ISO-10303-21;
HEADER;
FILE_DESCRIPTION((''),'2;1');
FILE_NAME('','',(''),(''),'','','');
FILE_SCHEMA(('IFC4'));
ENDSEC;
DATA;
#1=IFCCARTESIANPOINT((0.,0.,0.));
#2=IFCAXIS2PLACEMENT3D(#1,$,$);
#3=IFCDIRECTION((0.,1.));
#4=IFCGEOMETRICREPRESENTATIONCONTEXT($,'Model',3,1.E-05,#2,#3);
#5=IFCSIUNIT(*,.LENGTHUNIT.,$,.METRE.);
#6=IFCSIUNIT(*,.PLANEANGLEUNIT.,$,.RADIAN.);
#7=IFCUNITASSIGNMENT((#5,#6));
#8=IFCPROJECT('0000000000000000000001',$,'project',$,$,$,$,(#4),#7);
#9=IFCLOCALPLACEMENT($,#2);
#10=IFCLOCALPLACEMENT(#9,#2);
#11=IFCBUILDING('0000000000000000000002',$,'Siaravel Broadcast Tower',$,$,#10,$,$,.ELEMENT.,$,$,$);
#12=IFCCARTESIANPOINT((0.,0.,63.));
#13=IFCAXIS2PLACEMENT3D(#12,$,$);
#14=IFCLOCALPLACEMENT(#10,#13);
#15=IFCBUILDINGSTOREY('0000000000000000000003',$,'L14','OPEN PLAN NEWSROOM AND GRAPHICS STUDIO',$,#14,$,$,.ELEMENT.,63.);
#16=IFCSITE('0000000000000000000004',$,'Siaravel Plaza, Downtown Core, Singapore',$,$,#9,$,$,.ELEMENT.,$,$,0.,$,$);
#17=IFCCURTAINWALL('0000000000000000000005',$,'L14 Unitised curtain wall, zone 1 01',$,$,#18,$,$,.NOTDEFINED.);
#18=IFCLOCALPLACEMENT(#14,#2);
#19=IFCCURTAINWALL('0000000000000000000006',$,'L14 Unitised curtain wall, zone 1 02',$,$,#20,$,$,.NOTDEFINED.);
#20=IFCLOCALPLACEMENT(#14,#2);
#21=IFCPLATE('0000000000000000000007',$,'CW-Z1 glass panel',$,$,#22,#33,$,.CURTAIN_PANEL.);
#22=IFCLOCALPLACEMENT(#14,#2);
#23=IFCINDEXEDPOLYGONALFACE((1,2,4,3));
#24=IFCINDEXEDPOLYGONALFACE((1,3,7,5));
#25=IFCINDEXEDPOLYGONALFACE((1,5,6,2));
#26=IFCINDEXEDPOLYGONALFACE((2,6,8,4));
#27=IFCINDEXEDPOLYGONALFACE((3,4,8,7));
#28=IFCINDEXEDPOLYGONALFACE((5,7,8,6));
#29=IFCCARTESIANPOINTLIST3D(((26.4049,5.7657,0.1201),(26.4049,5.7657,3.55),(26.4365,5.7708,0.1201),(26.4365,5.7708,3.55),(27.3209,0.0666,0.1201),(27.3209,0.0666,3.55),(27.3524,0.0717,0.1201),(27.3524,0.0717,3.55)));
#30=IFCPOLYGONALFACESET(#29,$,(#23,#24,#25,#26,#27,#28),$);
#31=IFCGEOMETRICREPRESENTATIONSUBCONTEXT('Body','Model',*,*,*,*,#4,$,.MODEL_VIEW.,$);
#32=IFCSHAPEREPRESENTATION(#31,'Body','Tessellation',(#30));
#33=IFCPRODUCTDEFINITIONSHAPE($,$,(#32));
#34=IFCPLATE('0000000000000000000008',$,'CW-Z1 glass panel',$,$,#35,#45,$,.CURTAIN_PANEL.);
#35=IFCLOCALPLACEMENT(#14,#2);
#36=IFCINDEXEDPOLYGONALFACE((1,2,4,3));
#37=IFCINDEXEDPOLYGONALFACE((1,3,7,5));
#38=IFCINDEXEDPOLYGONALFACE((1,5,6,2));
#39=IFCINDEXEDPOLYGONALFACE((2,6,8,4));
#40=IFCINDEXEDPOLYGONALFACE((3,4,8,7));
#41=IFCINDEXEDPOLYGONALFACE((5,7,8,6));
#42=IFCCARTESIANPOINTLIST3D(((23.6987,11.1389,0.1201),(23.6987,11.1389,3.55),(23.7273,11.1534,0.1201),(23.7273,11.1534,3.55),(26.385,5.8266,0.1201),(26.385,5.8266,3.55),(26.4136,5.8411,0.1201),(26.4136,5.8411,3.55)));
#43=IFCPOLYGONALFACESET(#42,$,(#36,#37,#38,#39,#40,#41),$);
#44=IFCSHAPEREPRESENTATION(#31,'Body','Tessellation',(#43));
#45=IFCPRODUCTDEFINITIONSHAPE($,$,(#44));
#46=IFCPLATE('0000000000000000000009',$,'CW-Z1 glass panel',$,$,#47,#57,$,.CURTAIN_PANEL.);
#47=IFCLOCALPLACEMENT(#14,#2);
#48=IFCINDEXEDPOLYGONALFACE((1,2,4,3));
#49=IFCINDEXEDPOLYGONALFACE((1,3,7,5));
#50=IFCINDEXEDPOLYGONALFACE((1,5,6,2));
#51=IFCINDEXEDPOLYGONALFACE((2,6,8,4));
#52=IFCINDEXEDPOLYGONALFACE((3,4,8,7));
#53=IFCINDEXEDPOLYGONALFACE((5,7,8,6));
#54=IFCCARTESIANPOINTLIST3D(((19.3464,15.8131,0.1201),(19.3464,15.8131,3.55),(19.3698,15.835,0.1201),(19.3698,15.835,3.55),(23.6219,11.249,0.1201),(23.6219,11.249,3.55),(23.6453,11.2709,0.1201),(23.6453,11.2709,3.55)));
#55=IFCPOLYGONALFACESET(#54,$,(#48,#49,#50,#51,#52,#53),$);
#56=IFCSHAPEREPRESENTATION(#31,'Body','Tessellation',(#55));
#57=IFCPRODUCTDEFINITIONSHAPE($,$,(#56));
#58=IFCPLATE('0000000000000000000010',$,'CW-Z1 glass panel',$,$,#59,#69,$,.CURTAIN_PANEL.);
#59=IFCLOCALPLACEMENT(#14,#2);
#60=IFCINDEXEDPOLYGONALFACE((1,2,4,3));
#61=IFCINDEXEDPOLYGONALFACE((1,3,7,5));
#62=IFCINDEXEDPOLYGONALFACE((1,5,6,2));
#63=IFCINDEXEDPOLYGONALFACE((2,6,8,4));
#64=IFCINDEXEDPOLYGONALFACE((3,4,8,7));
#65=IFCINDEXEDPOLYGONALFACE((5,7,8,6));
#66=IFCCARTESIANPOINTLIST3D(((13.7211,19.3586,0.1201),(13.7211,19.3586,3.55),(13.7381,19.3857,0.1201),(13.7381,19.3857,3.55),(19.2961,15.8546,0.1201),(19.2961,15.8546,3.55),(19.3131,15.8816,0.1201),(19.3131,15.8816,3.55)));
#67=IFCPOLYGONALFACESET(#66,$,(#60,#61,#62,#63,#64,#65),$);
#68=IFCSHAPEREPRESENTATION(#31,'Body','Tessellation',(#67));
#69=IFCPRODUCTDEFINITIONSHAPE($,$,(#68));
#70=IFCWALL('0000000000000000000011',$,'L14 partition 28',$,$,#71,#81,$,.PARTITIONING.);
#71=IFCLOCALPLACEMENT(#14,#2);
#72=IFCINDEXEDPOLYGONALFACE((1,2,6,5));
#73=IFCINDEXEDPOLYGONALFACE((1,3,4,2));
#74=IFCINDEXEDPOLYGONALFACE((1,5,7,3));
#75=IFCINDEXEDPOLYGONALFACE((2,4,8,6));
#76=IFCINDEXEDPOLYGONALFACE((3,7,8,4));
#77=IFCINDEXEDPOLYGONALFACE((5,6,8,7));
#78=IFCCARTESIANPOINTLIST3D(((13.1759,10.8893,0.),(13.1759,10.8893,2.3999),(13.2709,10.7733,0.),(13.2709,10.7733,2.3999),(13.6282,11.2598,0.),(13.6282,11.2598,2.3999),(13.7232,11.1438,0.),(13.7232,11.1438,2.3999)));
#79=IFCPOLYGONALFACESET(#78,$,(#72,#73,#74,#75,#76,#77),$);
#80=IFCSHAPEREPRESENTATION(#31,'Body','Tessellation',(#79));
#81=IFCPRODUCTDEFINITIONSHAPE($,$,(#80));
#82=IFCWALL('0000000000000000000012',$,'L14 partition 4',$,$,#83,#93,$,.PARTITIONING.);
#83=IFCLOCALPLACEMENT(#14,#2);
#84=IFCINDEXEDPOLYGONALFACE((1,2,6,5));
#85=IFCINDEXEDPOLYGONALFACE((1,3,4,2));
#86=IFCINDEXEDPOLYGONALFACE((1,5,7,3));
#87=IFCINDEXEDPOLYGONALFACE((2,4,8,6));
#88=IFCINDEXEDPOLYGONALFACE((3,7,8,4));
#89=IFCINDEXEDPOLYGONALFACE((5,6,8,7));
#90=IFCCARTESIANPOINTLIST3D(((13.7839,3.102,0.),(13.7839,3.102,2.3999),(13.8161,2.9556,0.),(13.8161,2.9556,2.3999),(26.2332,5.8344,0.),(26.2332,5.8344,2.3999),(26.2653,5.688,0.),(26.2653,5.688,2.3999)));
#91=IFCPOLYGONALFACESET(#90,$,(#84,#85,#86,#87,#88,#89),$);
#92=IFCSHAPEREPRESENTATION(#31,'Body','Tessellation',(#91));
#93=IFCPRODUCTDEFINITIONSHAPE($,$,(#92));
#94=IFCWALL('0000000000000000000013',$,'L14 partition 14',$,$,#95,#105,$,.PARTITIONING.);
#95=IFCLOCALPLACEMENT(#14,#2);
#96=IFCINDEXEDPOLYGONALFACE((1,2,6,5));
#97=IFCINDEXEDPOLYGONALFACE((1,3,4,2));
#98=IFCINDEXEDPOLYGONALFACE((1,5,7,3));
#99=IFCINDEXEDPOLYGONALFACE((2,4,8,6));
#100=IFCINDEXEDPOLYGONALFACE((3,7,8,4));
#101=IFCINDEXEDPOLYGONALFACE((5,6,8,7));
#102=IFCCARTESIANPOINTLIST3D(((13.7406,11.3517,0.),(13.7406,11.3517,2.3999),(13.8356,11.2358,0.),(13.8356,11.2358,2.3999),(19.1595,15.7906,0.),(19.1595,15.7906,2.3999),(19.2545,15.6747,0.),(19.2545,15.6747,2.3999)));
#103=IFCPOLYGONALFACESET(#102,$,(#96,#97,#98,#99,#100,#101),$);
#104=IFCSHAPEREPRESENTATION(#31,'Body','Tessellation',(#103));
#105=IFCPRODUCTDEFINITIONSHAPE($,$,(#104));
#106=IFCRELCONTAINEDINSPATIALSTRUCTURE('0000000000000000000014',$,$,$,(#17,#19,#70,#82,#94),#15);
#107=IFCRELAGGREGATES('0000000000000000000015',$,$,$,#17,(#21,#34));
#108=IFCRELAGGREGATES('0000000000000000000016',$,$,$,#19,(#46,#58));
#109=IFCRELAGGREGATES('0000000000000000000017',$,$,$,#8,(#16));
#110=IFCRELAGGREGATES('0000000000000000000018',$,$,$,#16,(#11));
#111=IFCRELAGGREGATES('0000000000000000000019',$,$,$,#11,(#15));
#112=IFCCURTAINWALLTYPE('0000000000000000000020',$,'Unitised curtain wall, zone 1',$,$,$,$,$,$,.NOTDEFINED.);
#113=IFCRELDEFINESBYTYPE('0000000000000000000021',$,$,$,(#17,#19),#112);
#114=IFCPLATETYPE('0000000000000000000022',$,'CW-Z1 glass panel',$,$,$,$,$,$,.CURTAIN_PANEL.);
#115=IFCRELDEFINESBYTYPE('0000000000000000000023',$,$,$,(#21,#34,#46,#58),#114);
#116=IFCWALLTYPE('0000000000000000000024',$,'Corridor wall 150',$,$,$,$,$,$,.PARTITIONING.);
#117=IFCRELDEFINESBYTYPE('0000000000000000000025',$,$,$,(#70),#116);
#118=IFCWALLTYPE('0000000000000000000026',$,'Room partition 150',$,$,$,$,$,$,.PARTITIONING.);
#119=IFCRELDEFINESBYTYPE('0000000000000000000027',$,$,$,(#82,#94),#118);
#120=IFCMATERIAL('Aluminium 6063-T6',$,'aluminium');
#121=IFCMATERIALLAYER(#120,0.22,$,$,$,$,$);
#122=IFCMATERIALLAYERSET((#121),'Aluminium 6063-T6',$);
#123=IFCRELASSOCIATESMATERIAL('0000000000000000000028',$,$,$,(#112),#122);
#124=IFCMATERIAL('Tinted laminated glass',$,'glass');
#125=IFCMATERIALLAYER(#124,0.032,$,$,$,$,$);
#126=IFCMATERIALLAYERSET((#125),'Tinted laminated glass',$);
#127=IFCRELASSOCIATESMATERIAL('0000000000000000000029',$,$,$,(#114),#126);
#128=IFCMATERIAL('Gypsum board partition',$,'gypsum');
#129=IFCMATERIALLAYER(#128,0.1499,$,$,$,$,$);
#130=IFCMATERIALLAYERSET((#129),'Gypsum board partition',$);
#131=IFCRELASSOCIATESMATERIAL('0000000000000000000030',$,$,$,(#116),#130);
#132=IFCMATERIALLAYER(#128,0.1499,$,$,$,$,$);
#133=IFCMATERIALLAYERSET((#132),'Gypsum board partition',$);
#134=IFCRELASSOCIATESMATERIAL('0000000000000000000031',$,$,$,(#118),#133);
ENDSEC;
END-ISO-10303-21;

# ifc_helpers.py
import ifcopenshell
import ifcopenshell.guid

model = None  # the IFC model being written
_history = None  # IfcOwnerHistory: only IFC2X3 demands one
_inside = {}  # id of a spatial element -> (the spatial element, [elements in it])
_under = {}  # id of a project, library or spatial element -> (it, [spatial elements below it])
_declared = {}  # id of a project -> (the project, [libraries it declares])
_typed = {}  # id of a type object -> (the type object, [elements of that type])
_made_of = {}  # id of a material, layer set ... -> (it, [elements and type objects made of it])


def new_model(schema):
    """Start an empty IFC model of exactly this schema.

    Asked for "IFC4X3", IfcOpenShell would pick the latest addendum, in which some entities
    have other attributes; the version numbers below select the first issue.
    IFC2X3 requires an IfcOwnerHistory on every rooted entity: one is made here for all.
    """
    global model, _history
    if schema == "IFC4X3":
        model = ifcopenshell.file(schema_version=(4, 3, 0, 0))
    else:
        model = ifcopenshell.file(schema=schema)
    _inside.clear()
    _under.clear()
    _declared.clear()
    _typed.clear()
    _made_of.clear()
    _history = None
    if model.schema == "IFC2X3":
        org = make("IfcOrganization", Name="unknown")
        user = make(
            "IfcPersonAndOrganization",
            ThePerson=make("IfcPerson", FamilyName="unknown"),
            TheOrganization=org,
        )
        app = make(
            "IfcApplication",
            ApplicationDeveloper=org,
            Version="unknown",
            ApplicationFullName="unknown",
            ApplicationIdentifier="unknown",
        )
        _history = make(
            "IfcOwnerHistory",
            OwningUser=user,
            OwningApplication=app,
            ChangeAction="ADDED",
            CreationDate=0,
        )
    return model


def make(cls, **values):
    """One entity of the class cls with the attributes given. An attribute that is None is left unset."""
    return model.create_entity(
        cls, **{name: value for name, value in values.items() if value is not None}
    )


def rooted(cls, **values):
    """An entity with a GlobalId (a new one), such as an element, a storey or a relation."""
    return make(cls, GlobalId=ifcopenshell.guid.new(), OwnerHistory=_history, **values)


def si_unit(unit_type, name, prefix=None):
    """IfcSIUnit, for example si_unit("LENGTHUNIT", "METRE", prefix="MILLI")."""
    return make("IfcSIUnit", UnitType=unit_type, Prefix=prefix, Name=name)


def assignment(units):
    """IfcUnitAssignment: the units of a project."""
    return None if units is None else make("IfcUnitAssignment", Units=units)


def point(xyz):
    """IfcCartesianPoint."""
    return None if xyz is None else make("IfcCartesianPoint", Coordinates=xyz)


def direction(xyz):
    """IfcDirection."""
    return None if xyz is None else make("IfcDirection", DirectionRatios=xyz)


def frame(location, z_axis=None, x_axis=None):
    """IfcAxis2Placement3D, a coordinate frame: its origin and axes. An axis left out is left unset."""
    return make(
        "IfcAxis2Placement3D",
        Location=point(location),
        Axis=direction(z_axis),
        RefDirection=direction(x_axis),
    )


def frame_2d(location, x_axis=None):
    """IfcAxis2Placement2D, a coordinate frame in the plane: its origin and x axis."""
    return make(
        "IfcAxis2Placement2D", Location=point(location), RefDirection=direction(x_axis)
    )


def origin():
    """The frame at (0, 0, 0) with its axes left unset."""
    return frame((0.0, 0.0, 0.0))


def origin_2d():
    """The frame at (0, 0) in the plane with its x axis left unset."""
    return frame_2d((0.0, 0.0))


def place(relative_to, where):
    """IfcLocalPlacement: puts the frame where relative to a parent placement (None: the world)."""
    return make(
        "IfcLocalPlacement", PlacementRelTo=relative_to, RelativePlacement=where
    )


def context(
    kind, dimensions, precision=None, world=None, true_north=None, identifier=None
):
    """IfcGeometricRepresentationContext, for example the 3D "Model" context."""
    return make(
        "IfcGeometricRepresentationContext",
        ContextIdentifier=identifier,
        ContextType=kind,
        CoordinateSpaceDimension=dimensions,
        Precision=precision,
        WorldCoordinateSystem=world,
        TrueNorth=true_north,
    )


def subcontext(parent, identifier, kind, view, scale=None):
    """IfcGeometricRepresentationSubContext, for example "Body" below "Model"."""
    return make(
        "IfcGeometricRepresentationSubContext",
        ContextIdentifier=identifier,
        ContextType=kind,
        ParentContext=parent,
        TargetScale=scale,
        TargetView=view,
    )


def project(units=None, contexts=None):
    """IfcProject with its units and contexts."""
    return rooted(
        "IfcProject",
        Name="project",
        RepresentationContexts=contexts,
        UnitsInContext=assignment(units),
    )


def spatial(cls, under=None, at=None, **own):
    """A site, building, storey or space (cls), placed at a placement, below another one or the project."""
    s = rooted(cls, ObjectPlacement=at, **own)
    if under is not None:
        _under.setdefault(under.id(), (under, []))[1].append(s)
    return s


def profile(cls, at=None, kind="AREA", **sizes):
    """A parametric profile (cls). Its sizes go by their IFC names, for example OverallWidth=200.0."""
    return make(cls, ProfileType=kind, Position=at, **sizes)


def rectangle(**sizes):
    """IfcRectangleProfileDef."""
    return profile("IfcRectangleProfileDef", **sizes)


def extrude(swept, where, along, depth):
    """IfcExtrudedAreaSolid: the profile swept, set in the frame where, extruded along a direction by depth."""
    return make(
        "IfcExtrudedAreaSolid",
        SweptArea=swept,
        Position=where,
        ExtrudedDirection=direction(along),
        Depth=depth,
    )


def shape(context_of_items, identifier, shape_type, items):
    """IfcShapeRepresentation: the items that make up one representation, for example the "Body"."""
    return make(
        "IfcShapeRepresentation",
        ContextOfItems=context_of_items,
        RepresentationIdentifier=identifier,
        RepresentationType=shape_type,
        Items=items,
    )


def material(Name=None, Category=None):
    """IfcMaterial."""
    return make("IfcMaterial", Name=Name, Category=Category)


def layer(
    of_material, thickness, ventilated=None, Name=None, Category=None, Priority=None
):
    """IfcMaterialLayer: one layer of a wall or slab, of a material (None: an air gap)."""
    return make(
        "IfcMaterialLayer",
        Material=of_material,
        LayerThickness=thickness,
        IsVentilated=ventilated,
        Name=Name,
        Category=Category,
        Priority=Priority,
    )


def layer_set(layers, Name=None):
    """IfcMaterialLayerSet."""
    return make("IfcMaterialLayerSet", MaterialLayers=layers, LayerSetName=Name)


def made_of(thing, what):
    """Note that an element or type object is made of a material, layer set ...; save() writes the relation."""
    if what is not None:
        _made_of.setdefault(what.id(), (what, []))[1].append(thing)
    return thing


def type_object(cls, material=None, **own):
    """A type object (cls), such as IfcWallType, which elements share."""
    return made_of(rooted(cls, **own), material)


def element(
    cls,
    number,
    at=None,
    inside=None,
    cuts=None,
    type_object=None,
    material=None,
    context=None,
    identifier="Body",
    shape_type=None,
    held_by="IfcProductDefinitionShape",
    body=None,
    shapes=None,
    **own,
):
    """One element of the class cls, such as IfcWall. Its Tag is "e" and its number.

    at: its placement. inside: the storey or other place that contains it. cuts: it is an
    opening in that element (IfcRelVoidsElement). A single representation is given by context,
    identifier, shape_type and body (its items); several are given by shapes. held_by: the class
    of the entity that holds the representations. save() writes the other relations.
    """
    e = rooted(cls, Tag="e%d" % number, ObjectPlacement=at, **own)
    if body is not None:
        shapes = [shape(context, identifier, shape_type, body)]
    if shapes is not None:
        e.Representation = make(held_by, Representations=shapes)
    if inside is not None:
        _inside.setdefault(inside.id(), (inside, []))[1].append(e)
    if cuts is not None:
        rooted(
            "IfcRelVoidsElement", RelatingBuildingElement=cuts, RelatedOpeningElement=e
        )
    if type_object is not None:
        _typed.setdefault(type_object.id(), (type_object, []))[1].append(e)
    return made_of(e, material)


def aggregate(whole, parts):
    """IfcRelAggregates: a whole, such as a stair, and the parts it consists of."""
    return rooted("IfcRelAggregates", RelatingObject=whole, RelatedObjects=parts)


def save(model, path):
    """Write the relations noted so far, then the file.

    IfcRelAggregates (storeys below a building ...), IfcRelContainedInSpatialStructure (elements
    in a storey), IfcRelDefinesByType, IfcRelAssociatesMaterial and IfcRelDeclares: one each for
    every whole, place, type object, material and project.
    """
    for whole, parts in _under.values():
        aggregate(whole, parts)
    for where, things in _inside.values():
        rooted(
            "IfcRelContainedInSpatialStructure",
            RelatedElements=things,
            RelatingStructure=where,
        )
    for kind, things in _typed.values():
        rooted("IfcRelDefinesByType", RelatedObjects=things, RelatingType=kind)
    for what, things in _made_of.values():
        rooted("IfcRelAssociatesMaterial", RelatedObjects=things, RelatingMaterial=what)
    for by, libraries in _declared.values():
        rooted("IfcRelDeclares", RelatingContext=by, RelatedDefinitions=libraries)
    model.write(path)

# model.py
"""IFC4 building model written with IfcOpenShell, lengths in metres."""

from ifc_helpers import new_model, si_unit, direction, frame, frame_2d, origin, origin_2d, place, context, subcontext, project, spatial, rectangle, extrude, material, layer, layer_set, type_object, element, aggregate, save


model = new_model("IFC4")

# Units and contexts
model_context = context("Model", 3, precision=1e-05, world=origin(), true_north=direction((0.0, 1.0)))
body_context = subcontext(model_context, "Body", "Model", "MODEL_VIEW")
ifc_project = project(units=[si_unit("LENGTHUNIT", "METRE"), si_unit("PLANEANGLEUNIT", "RADIAN")], contexts=[model_context])

# Site, building, storey
site_placement = place(None, origin())
site = spatial("IfcSite", under=ifc_project, at=site_placement, Name="Siaravel Plaza, Downtown Core, Singapore", CompositionType="ELEMENT", RefElevation=0.0)
building_placement = place(site_placement, origin())
building = spatial("IfcBuilding", under=site, at=building_placement, Name="Siaravel Broadcast Tower", CompositionType="ELEMENT")
storey_placement = place(building_placement, frame((0.0, 0.0, 63.0)))
storey = spatial("IfcBuildingStorey", under=building, at=storey_placement, Name="L14", Description="OPEN PLAN NEWSROOM AND GRAPHICS STUDIO", CompositionType="ELEMENT", Elevation=63.0)

# Curtain walls
ifc_material_1 = material(Name="Aluminium 6063-T6", Category="aluminium")
ifc_layer_1 = layer(ifc_material_1, 0.22)
ifc_layer_set_1 = layer_set([ifc_layer_1], Name="Aluminium 6063-T6")
curtain_wall_type = type_object("IfcCurtainWallType", Name="Unitised curtain wall, zone 1", PredefinedType="NOTDEFINED", material=ifc_layer_set_1)
curtain_wall_1_placement = place(storey_placement, origin())
curtain_wall_1 = element("IfcCurtainWall", 1, at=curtain_wall_1_placement, inside=storey, type_object=curtain_wall_type, Name="L14 Unitised curtain wall, zone 1 01", PredefinedType="NOTDEFINED")
curtain_wall_2_placement = place(storey_placement, origin())
curtain_wall_2 = element("IfcCurtainWall", 2, at=curtain_wall_2_placement, inside=storey, type_object=curtain_wall_type, Name="L14 Unitised curtain wall, zone 1 02", PredefinedType="NOTDEFINED")

# Plates
ifc_material_2 = material(Name="Tinted laminated glass", Category="glass")
ifc_layer_2 = layer(ifc_material_2, 0.032)
ifc_layer_set_2 = layer_set([ifc_layer_2], Name="Tinted laminated glass")
plate_type = type_object("IfcPlateType", Name="CW-Z1 glass panel", PredefinedType="CURTAIN_PANEL", material=ifc_layer_set_2)
plate_1_placement = place(storey_placement, frame((26.8787, 2.9187, 0.1201), z_axis=(0.0, 0.0, 1.0), x_axis=(-0.158686, 0.987329, 0.0)))
plate_1 = element("IfcPlate", 3, at=plate_1_placement, type_object=plate_type, Name="CW-Z1 glass panel", PredefinedType="CURTAIN_PANEL", context=body_context, shape_type="SweptSolid", body=[
    extrude(rectangle(XDim=5.7722, YDim=0.032, at=origin_2d()), origin(), (0.0, 0.0, 1.0), 3.4299),
])
plate_2_placement = place(storey_placement, frame((25.0562, 8.49, 0.1201), z_axis=(0.0, 0.0, 1.0), x_axis=(-0.451262, 0.892391, 0.0)))
plate_2 = element("IfcPlate", 4, at=plate_2_placement, type_object=plate_type, Name="CW-Z1 glass panel", PredefinedType="CURTAIN_PANEL", context=body_context, shape_type="SweptSolid", body=[
    extrude(rectangle(XDim=5.9529, YDim=0.032, at=origin_2d()), origin(), (0.0, 0.0, 1.0), 3.4299),
])
aggregate(curtain_wall_1, [plate_1, plate_2])
plate_3_placement = place(storey_placement, frame((21.4958, 13.542, 0.1201), z_axis=(0.0, 0.0, 1.0), x_axis=(-0.683657, 0.729804, 0.0)))
plate_3 = element("IfcPlate", 5, at=plate_3_placement, type_object=plate_type, Name="CW-Z1 glass panel", PredefinedType="CURTAIN_PANEL", context=body_context, shape_type="SweptSolid", body=[
    extrude(rectangle(XDim=6.2539, YDim=0.032, at=origin_2d()), origin(), (0.0, 0.0, 1.0), 3.4299),
])
plate_4_placement = place(storey_placement, frame((16.5171, 17.6201, 0.1201), z_axis=(0.0, 0.0, 1.0), x_axis=(-0.846651, 0.532148, 0.0)))
plate_4 = element("IfcPlate", 6, at=plate_4_placement, type_object=plate_type, Name="CW-Z1 glass panel", PredefinedType="CURTAIN_PANEL", context=body_context, shape_type="SweptSolid", body=[
    extrude(rectangle(XDim=6.5847, YDim=0.032, at=origin_2d()), origin(), (0.0, 0.0, 1.0), 3.4299),
])
aggregate(curtain_wall_2, [plate_3, plate_4])

# Shared definitions
ifc_material_3 = material(Name="Gypsum board partition", Category="gypsum")
ifc_layer_3 = layer(ifc_material_3, 0.1499)
ifc_layer_set_3 = layer_set([ifc_layer_3], Name="Gypsum board partition")
wall_type_1 = type_object("IfcWallType", Name="Corridor wall 150", PredefinedType="PARTITIONING", material=ifc_layer_set_3)

# Walls
wall_1_placement = place(storey_placement, frame((13.6758, 11.2019, 0.0), z_axis=(0.0, 0.0, 1.0), x_axis=(-0.773567, -0.633715, 0.0)))
element("IfcWall", 7, at=wall_1_placement, inside=storey, type_object=wall_type_1, Name="L14 partition 28", PredefinedType="PARTITIONING", context=body_context, shape_type="SweptSolid", body=[
    extrude(rectangle(XDim=0.5847, YDim=0.1499, at=frame_2d((0.2925, 0.0))), origin(), (0.0, 0.0, 1.0), 2.3999),
])
ifc_layer_4 = layer(ifc_material_3, 0.1499)
ifc_layer_set_4 = layer_set([ifc_layer_4], Name="Gypsum board partition")
wall_type_2 = type_object("IfcWallType", Name="Room partition 150", PredefinedType="PARTITIONING", material=ifc_layer_set_4)
wall_2_placement = place(storey_placement, frame((26.2493, 5.7612, 0.0), z_axis=(0.0, 0.0, 1.0), x_axis=(-0.97675, -0.214382, 0.0)))
element("IfcWall", 8, at=wall_2_placement, inside=storey, type_object=wall_type_2, Name="L14 partition 4", PredefinedType="PARTITIONING", context=body_context, shape_type="SweptSolid", body=[
    extrude(rectangle(XDim=12.7456, YDim=0.1499, at=frame_2d((6.3728, 0.0))), origin(), (0.0, 0.0, 1.0), 2.3999),
])
wall_3_placement = place(storey_placement, frame((19.207, 15.7327, 0.0), z_axis=(0.0, 0.0, 1.0), x_axis=(-0.773588, -0.633689, 0.0)))
element("IfcWall", 9, at=wall_3_placement, inside=storey, type_object=wall_type_2, Name="L14 partition 14", PredefinedType="PARTITIONING", context=body_context, shape_type="SweptSolid", body=[
    extrude(rectangle(XDim=7.0049, YDim=0.1499, at=frame_2d((3.5024, 0.0))), origin(), (0.0, 0.0, 1.0), 2.3999),
])

save(model, "model.ifc")
